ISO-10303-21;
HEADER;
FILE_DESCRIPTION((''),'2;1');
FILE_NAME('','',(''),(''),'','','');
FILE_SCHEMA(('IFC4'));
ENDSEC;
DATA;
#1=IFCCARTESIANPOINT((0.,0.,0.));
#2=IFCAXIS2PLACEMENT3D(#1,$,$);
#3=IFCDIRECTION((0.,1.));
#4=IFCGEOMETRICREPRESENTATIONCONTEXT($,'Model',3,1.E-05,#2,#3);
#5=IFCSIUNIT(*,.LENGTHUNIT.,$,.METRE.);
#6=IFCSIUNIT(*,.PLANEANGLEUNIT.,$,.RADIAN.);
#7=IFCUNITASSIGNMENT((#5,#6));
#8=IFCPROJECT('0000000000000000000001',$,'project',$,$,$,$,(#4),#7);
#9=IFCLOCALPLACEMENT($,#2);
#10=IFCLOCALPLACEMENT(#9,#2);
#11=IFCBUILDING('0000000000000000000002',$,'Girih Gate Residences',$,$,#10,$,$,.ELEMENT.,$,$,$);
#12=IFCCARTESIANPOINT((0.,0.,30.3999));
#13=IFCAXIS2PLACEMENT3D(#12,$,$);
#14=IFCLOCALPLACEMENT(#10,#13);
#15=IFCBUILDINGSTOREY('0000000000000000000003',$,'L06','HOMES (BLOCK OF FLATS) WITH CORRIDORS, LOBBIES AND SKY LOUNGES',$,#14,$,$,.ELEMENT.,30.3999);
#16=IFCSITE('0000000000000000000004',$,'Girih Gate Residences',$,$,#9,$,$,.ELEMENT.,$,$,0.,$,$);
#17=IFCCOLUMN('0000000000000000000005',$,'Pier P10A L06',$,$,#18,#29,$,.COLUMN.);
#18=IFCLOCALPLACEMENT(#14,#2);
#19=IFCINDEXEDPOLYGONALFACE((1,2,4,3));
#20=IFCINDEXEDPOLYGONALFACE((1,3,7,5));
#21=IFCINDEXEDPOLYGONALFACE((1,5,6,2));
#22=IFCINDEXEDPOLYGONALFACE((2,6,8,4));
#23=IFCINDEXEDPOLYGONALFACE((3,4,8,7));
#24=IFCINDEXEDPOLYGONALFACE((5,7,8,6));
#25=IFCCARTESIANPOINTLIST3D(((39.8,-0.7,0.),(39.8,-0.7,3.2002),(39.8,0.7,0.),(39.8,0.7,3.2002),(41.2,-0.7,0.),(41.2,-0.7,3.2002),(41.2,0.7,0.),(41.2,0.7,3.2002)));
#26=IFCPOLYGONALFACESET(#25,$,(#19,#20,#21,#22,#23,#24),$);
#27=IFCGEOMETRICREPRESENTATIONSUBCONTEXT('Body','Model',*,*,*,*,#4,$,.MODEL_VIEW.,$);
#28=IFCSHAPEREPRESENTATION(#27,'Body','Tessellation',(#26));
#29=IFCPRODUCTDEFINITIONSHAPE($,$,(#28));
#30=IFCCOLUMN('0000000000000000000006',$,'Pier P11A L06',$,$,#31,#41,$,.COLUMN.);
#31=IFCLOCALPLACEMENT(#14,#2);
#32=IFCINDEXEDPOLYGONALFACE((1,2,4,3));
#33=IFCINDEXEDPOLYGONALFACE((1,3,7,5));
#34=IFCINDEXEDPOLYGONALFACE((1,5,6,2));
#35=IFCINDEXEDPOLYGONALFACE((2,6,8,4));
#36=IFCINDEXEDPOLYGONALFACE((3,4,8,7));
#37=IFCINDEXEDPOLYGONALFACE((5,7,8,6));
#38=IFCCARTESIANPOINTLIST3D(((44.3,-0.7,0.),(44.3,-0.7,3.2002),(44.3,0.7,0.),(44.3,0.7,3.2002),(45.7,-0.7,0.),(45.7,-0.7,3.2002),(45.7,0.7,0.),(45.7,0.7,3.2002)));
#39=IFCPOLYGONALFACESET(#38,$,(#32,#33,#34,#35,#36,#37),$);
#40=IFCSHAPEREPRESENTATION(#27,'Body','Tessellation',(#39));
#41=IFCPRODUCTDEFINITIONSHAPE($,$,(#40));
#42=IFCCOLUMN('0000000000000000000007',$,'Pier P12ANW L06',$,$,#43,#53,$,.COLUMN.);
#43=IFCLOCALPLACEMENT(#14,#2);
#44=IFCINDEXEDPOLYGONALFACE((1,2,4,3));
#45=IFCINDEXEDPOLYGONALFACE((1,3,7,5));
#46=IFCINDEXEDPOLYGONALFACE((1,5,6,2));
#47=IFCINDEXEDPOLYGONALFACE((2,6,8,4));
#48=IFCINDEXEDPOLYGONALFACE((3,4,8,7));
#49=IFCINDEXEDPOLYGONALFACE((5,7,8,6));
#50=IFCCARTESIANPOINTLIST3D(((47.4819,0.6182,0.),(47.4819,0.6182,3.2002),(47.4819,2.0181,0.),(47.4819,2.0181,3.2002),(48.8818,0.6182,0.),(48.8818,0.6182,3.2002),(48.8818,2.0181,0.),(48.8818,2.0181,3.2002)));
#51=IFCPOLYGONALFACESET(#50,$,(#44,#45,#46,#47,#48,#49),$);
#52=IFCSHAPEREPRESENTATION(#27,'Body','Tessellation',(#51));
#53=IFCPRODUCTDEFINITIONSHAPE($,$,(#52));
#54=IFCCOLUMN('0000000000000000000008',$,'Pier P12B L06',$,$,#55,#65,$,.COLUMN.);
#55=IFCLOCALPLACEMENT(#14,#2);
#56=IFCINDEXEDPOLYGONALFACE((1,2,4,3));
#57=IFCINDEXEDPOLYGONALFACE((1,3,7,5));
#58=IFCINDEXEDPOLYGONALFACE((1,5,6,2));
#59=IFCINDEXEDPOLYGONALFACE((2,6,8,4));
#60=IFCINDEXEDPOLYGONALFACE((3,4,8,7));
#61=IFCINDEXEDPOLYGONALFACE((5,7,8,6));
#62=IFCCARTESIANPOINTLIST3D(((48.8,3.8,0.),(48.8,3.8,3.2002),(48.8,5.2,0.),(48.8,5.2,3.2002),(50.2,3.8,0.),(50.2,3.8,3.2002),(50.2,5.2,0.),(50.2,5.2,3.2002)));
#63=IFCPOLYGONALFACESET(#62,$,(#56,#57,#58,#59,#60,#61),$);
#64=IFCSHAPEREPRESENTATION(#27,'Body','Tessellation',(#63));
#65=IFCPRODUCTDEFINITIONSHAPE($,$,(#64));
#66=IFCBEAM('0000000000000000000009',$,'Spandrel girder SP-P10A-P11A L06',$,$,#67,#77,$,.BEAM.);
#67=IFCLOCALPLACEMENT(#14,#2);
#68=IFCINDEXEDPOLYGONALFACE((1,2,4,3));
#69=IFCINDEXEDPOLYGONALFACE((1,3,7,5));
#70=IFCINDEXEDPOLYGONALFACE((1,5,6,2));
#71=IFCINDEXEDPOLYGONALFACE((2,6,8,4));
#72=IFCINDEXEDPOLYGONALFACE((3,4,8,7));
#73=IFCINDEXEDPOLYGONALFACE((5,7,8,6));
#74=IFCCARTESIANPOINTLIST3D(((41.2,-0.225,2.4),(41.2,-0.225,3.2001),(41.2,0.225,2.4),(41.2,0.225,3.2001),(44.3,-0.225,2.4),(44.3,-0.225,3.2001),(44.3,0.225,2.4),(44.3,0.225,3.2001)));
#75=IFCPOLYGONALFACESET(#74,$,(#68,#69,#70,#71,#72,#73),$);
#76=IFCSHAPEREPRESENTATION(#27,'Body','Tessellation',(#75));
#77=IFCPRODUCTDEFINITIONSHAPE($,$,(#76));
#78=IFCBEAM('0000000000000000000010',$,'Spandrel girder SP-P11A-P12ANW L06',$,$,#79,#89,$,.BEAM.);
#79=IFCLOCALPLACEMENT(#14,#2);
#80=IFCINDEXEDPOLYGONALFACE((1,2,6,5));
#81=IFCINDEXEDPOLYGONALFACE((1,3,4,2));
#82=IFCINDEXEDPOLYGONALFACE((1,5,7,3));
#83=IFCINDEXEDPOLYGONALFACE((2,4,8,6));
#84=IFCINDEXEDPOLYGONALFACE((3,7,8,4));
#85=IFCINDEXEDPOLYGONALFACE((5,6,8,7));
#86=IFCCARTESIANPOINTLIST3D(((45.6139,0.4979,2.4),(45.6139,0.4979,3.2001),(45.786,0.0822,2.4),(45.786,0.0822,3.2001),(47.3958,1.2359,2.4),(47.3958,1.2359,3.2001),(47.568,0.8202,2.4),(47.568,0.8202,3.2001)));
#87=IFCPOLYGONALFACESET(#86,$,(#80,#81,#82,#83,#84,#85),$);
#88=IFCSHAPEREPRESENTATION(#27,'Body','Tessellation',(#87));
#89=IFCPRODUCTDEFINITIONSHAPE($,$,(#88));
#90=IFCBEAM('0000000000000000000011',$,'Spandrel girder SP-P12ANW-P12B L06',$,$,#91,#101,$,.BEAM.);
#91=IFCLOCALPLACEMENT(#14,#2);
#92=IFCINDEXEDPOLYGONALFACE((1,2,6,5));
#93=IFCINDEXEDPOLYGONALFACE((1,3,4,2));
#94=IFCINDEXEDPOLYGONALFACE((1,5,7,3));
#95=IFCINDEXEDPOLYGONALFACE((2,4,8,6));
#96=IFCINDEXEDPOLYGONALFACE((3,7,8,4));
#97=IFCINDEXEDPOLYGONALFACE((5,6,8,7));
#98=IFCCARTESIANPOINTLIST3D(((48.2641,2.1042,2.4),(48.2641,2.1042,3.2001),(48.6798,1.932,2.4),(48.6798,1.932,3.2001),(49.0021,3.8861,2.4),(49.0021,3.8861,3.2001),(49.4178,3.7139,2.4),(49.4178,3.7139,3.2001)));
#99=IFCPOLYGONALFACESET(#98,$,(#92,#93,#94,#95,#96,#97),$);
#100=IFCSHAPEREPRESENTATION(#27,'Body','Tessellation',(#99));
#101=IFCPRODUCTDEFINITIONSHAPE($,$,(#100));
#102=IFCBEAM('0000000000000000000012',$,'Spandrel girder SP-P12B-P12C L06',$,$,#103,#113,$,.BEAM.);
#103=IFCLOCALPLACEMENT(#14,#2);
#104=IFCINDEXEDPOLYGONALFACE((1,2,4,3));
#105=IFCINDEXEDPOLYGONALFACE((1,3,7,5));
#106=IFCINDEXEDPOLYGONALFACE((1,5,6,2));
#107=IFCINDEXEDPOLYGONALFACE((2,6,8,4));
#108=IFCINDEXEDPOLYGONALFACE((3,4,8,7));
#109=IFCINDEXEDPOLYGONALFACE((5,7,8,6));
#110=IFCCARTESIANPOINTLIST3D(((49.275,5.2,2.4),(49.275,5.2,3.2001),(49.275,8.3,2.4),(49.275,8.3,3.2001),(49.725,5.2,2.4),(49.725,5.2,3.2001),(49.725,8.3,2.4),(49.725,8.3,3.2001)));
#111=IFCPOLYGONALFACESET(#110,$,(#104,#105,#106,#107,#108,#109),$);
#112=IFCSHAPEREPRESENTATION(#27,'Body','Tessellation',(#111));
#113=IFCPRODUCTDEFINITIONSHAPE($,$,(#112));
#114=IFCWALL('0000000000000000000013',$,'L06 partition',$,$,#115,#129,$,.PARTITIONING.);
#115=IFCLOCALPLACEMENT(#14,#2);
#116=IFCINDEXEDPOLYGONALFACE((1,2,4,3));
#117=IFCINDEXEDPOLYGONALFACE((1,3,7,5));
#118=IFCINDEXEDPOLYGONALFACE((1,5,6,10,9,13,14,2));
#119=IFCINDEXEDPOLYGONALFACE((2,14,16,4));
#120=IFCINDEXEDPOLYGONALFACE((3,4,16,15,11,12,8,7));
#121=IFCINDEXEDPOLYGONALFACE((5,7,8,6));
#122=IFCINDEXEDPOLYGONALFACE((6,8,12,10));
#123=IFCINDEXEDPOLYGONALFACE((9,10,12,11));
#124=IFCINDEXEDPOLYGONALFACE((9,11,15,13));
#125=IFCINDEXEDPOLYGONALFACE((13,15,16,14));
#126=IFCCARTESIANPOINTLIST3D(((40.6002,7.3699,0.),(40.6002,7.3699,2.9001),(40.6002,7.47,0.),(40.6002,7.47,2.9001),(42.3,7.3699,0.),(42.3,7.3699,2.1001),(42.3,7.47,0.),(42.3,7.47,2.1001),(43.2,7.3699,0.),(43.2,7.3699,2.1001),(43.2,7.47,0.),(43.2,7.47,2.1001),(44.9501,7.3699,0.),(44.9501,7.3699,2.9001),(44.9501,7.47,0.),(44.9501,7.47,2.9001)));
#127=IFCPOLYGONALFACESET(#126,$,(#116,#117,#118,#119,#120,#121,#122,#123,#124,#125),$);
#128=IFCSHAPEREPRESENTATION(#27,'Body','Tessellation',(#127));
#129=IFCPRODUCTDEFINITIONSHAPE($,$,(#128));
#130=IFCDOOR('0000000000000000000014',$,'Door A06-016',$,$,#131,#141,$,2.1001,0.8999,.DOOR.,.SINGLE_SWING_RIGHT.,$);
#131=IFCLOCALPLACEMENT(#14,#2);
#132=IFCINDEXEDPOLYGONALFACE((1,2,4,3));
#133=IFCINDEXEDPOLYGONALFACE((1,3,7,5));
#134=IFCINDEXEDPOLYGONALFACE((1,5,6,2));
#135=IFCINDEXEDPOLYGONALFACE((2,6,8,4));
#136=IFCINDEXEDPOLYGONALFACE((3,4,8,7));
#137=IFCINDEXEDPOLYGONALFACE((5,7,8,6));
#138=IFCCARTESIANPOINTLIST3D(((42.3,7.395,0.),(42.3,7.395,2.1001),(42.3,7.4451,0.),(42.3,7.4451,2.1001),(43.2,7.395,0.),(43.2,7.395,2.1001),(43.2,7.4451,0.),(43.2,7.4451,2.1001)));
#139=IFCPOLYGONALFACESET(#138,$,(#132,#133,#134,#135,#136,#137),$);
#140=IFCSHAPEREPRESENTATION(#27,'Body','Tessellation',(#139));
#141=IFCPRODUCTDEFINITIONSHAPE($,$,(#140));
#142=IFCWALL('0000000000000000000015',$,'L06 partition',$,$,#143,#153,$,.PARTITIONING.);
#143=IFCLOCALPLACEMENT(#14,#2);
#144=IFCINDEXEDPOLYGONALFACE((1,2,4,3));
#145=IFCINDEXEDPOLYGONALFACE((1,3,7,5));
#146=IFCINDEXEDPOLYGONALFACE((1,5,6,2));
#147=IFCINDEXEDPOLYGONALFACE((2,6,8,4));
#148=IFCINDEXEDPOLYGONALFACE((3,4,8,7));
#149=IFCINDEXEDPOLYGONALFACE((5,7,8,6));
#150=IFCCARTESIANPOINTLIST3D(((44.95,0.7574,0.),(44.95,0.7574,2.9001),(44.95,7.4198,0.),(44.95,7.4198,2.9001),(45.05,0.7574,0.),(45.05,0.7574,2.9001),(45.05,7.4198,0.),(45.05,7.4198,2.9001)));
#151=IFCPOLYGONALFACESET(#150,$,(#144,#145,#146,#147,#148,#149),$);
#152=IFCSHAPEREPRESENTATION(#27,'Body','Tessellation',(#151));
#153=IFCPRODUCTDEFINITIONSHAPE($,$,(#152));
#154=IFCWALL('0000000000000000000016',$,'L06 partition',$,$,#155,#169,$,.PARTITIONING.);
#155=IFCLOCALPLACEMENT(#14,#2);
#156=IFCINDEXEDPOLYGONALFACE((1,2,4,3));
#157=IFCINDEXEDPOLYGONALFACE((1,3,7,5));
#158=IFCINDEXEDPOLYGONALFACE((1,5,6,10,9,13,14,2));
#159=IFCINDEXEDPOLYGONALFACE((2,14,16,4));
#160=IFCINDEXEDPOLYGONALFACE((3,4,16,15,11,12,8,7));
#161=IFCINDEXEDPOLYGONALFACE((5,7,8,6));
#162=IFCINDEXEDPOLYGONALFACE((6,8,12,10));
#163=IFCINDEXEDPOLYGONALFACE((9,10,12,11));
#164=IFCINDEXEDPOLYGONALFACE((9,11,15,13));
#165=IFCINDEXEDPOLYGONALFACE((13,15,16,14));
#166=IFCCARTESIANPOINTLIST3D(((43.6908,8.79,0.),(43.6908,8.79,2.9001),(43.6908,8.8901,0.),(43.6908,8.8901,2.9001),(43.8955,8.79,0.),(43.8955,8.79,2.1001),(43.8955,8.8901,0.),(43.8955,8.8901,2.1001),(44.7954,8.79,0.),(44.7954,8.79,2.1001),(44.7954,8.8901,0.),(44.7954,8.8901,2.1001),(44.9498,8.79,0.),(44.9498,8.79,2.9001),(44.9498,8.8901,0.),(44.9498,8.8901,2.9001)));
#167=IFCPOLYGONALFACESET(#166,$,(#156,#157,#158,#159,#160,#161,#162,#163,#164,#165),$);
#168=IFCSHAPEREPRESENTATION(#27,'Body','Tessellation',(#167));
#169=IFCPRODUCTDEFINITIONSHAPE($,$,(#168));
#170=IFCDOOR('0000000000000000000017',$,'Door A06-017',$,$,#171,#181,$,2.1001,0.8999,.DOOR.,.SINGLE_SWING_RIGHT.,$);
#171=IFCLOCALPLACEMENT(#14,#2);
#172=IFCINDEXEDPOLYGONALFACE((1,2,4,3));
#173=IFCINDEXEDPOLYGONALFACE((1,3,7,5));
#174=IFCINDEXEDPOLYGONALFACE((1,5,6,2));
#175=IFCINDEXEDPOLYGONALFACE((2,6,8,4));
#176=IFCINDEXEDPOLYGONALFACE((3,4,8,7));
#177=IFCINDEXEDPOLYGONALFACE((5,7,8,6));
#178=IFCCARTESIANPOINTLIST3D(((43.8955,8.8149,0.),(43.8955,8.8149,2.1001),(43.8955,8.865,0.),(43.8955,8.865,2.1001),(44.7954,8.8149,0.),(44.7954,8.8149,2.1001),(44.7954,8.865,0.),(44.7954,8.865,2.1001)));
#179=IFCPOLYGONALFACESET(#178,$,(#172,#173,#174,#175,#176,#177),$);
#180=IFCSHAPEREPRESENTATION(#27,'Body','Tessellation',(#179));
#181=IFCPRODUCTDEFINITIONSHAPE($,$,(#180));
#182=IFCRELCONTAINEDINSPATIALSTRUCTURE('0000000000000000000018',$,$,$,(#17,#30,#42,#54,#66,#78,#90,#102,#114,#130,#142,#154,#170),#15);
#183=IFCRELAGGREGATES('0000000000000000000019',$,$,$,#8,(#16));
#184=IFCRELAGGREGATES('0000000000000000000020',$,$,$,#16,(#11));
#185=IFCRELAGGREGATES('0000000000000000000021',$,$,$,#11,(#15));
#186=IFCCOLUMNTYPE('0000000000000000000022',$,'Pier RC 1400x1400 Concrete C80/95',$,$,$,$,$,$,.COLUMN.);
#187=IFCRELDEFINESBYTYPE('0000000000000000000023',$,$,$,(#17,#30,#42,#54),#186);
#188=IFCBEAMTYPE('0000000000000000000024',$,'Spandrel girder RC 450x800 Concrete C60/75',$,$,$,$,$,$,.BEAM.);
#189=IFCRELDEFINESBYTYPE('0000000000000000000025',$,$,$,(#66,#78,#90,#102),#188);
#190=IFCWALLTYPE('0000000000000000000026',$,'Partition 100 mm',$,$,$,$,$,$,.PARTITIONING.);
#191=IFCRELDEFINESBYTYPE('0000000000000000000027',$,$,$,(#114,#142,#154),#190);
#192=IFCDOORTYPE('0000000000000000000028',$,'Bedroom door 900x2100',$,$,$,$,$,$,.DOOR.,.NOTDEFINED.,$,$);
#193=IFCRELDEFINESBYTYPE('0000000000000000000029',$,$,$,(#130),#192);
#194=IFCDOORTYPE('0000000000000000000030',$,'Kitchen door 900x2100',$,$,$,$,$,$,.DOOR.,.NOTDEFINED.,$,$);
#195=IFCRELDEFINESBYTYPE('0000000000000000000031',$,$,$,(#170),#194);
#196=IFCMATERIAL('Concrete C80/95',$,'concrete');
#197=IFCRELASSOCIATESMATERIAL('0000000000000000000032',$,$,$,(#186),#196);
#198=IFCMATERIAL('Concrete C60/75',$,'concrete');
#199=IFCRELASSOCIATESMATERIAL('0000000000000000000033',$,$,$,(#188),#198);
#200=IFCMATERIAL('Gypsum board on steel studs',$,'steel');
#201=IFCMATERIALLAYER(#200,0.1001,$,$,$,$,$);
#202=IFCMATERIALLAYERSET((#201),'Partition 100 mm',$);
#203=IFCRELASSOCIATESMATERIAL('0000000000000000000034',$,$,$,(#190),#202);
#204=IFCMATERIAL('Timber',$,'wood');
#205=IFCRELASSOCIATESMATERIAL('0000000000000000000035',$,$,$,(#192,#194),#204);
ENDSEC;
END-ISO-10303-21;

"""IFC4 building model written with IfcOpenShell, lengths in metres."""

from ifc_helpers import new_model, si_unit, direction, frame, frame_2d, origin, origin_2d, place, context, subcontext, project, spatial, rectangle, extrude, material, layer, layer_set, material_profile, profile_set, type_object, element, fill, save


model = new_model("IFC4")

# Units and contexts
model_context = context("Model", 3, precision=1e-05, world=origin(), true_north=direction((0.0, 1.0)))
body_context = subcontext(model_context, "Body", "Model", "MODEL_VIEW")
ifc_project = project(units=[si_unit("LENGTHUNIT", "METRE"), si_unit("PLANEANGLEUNIT", "RADIAN")], contexts=[model_context])

# Site, building, storey
site_placement = place(None, origin())
site = spatial("IfcSite", under=ifc_project, at=site_placement, Name="Girih Gate Residences", CompositionType="ELEMENT", RefElevation=0.0)
building_placement = place(site_placement, origin())
building = spatial("IfcBuilding", under=site, at=building_placement, Name="Girih Gate Residences", CompositionType="ELEMENT")
storey_placement = place(building_placement, frame((0.0, 0.0, 30.3999)))
storey = spatial("IfcBuildingStorey", under=building, at=storey_placement, Name="L06", Description="HOMES (BLOCK OF FLATS) WITH CORRIDORS, LOBBIES AND SKY LOUNGES", CompositionType="ELEMENT", Elevation=30.3999)

# Columns
ifc_material_1 = material(Name="Concrete C80/95", Category="concrete")
ifc_material_profile_1 = material_profile(ifc_material_1, rectangle(XDim=1.3999, YDim=1.3999, at=origin_2d()))
ifc_profile_set_1 = profile_set([ifc_material_profile_1], Name="Concrete C80/95")
column_type = type_object("IfcColumnType", Name="Pier RC 1400x1400 Concrete C80/95", PredefinedType="COLUMN", material=ifc_profile_set_1)
for number, where, z_axis, x_axis, name in (
    (1, (40.5, 0.0, 0.0), (0.0, 0.0, 1.0), (1.0, 0.0, 0.0), "Pier P10A L06"),
    (2, (45.0, 0.0, 0.0), (0.0, 0.0, 1.0), (1.0, 0.0, 0.0), "Pier P11A L06"),
    (3, (48.1819, 1.3181, 0.0), (0.0, 0.0, 1.0), (1.0, 0.0, 0.0), "Pier P12ANW L06"),
    (4, (49.5, 4.5, 0.0), (0.0, 0.0, 1.0), (1.0, 0.0, 0.0), "Pier P12B L06"),
):
    element("IfcColumn", number, at=place(storey_placement, frame(where, z_axis=z_axis, x_axis=x_axis)), inside=storey, type_object=column_type, Name=name, PredefinedType="COLUMN", context=body_context, shape_type="SweptSolid", body=[
        extrude(rectangle(XDim=1.3999, YDim=1.3999, at=origin_2d()), origin(), (0.0, 0.0, 1.0), 3.2002),
    ])

# Beams
ifc_material_2 = material(Name="Concrete C60/75", Category="concrete")
ifc_material_profile_2 = material_profile(ifc_material_2, rectangle(XDim=0.45, YDim=0.8, at=origin_2d()))
ifc_profile_set_2 = profile_set([ifc_material_profile_2], Name="Concrete C60/75")
beam_type = type_object("IfcBeamType", Name="Spandrel girder RC 450x800 Concrete C60/75", PredefinedType="BEAM", material=ifc_profile_set_2)
beam_1_placement = place(storey_placement, frame((41.2, 0.0, 2.8), z_axis=(1.0, 0.0, 0.0), x_axis=(0.0, 1.0, 0.0)))
element("IfcBeam", 5, at=beam_1_placement, inside=storey, type_object=beam_type, Name="Spandrel girder SP-P10A-P11A L06", PredefinedType="BEAM", context=body_context, shape_type="SweptSolid", body=[
    extrude(rectangle(XDim=0.45, YDim=0.8, at=origin_2d()), origin(), (0.0, 0.0, 1.0), 3.1001),
])
for number, where, z_axis, x_axis, name in (
    (6, (45.7, 0.29, 2.8), (0.923895, 0.382646, 0.0), (-0.382646, 0.923895, 0.0), "Spandrel girder SP-P11A-P12ANW L06"),
    (7, (48.4719, 2.0181, 2.8), (0.382646, 0.923895, 0.0), (-0.923895, 0.382646, 0.0), "Spandrel girder SP-P12ANW-P12B L06"),
):
    element("IfcBeam", number, at=place(storey_placement, frame(where, z_axis=z_axis, x_axis=x_axis)), inside=storey, type_object=beam_type, Name=name, PredefinedType="BEAM", context=body_context, shape_type="SweptSolid", body=[
        extrude(rectangle(XDim=0.45, YDim=0.8, at=origin_2d()), origin(), (0.0, 0.0, 1.0), 1.9287),
    ])
beam_2_placement = place(storey_placement, frame((49.5, 5.2, 2.8), z_axis=(0.0, 1.0, 0.0), x_axis=(-1.0, 0.0, 0.0)))
element("IfcBeam", 8, at=beam_2_placement, inside=storey, type_object=beam_type, Name="Spandrel girder SP-P12B-P12C L06", PredefinedType="BEAM", context=body_context, shape_type="SweptSolid", body=[
    extrude(rectangle(XDim=0.45, YDim=0.8, at=origin_2d()), origin(), (0.0, 0.0, 1.0), 3.1001),
])

# Wall, opening, door
ifc_material_3 = material(Name="Gypsum board on steel studs", Category="steel")
ifc_layer_1 = layer(ifc_material_3, 0.1001)
ifc_layer_set_1 = layer_set([ifc_layer_1], Name="Partition 100 mm")
wall_type_1 = type_object("IfcWallType", Name="Partition 100 mm", PredefinedType="PARTITIONING", material=ifc_layer_set_1)
wall_1_placement = place(storey_placement, frame((44.95, 7.4199, 0.0), z_axis=(0.0, 0.0, 1.0), x_axis=(-1.0, 0.0, 0.0)))
wall_1 = element("IfcWall", 9, at=wall_1_placement, inside=storey, type_object=wall_type_1, Name="L06 partition", PredefinedType="PARTITIONING", context=body_context, shape_type="SweptSolid", body=[
    extrude(rectangle(XDim=4.3499, YDim=0.1001, at=frame_2d((2.1748, 0.0))), origin(), (0.0, 0.0, 1.0), 2.9001),
])
opening_1_placement = place(wall_1_placement, frame((1.75, 0.0, 0.0)))
opening_1 = element("IfcOpeningElement", 10, at=opening_1_placement, cuts=wall_1, PredefinedType="OPENING", context=body_context, shape_type="SweptSolid", body=[
    extrude(rectangle(XDim=0.8999, YDim=2.1001, at=frame_2d((0.45, 1.05))), frame((0.0, 0.0601, 0.0), z_axis=(0.0, -1.0, 0.0), x_axis=(1.0, 0.0, 0.0)), (0.0, 0.0, 1.0), 0.1201),
])
ifc_material_4 = material(Name="Timber", Category="wood")
door_type_1 = type_object("IfcDoorType", Name="Bedroom door 900x2100", OperationType="NOTDEFINED", PredefinedType="DOOR", material=ifc_material_4)
door_1_placement = place(opening_1_placement, origin())
door_1 = element("IfcDoor", 11, at=door_1_placement, inside=storey, type_object=door_type_1, Name="Door A06-016", OperationType="SINGLE_SWING_RIGHT", OverallHeight=2.1001, OverallWidth=0.8999, PredefinedType="DOOR", context=body_context, shape_type="SweptSolid", body=[
    extrude(rectangle(XDim=0.8999, YDim=2.1001, at=frame_2d((0.45, 1.05))), frame((0.0, 0.0249, 0.0), z_axis=(0.0, -1.0, 0.0), x_axis=(1.0, 0.0, 0.0)), (0.0, 0.0, 1.0), 0.05),
])
fill(opening_1, door_1)

# Wall
wall_2_placement = place(storey_placement, frame((45.0, 0.7576, 0.0), z_axis=(0.0, 0.0, 1.0), x_axis=(0.0, 1.0, 0.0)))
element("IfcWall", 12, at=wall_2_placement, inside=storey, type_object=wall_type_1, Name="L06 partition", PredefinedType="PARTITIONING", context=body_context, shape_type="SweptSolid", body=[
    extrude(rectangle(XDim=6.6624, YDim=0.1001, at=frame_2d((3.3311, 0.0))), origin(), (0.0, 0.0, 1.0), 2.9001),
])

# Wall, opening, door
wall_3_placement = place(storey_placement, frame((43.6909, 8.8401, 0.0), z_axis=(0.0, 0.0, 1.0), x_axis=(1.0, 0.0, 0.0)))
wall_3 = element("IfcWall", 13, at=wall_3_placement, inside=storey, type_object=wall_type_1, Name="L06 partition", PredefinedType="PARTITIONING", context=body_context, shape_type="SweptSolid", body=[
    extrude(rectangle(XDim=1.259, YDim=0.1001, at=frame_2d((0.6294, 0.0))), origin(), (0.0, 0.0, 1.0), 2.9001),
])
opening_2_placement = place(wall_3_placement, frame((0.2046, 0.0, 0.0)))
opening_2 = element("IfcOpeningElement", 14, at=opening_2_placement, cuts=wall_3, PredefinedType="OPENING", context=body_context, shape_type="SweptSolid", body=[
    extrude(rectangle(XDim=0.8999, YDim=2.1001, at=frame_2d((0.45, 1.05))), frame((0.0, 0.0601, 0.0), z_axis=(0.0, -1.0, 0.0), x_axis=(1.0, 0.0, 0.0)), (0.0, 0.0, 1.0), 0.1201),
])
door_type_2 = type_object("IfcDoorType", Name="Kitchen door 900x2100", OperationType="NOTDEFINED", PredefinedType="DOOR", material=ifc_material_4)
door_2_placement = place(opening_2_placement, origin())
door_2 = element("IfcDoor", 15, at=door_2_placement, inside=storey, type_object=door_type_2, Name="Door A06-017", OperationType="SINGLE_SWING_RIGHT", OverallHeight=2.1001, OverallWidth=0.8999, PredefinedType="DOOR", context=body_context, shape_type="SweptSolid", body=[
    extrude(rectangle(XDim=0.8999, YDim=2.1001, at=frame_2d((0.45, 1.05))), frame((0.0, 0.0249, 0.0), z_axis=(0.0, -1.0, 0.0), x_axis=(1.0, 0.0, 0.0)), (0.0, 0.0, 1.0), 0.05),
])
fill(opening_2, door_2)

save(model, "model.ifc")
